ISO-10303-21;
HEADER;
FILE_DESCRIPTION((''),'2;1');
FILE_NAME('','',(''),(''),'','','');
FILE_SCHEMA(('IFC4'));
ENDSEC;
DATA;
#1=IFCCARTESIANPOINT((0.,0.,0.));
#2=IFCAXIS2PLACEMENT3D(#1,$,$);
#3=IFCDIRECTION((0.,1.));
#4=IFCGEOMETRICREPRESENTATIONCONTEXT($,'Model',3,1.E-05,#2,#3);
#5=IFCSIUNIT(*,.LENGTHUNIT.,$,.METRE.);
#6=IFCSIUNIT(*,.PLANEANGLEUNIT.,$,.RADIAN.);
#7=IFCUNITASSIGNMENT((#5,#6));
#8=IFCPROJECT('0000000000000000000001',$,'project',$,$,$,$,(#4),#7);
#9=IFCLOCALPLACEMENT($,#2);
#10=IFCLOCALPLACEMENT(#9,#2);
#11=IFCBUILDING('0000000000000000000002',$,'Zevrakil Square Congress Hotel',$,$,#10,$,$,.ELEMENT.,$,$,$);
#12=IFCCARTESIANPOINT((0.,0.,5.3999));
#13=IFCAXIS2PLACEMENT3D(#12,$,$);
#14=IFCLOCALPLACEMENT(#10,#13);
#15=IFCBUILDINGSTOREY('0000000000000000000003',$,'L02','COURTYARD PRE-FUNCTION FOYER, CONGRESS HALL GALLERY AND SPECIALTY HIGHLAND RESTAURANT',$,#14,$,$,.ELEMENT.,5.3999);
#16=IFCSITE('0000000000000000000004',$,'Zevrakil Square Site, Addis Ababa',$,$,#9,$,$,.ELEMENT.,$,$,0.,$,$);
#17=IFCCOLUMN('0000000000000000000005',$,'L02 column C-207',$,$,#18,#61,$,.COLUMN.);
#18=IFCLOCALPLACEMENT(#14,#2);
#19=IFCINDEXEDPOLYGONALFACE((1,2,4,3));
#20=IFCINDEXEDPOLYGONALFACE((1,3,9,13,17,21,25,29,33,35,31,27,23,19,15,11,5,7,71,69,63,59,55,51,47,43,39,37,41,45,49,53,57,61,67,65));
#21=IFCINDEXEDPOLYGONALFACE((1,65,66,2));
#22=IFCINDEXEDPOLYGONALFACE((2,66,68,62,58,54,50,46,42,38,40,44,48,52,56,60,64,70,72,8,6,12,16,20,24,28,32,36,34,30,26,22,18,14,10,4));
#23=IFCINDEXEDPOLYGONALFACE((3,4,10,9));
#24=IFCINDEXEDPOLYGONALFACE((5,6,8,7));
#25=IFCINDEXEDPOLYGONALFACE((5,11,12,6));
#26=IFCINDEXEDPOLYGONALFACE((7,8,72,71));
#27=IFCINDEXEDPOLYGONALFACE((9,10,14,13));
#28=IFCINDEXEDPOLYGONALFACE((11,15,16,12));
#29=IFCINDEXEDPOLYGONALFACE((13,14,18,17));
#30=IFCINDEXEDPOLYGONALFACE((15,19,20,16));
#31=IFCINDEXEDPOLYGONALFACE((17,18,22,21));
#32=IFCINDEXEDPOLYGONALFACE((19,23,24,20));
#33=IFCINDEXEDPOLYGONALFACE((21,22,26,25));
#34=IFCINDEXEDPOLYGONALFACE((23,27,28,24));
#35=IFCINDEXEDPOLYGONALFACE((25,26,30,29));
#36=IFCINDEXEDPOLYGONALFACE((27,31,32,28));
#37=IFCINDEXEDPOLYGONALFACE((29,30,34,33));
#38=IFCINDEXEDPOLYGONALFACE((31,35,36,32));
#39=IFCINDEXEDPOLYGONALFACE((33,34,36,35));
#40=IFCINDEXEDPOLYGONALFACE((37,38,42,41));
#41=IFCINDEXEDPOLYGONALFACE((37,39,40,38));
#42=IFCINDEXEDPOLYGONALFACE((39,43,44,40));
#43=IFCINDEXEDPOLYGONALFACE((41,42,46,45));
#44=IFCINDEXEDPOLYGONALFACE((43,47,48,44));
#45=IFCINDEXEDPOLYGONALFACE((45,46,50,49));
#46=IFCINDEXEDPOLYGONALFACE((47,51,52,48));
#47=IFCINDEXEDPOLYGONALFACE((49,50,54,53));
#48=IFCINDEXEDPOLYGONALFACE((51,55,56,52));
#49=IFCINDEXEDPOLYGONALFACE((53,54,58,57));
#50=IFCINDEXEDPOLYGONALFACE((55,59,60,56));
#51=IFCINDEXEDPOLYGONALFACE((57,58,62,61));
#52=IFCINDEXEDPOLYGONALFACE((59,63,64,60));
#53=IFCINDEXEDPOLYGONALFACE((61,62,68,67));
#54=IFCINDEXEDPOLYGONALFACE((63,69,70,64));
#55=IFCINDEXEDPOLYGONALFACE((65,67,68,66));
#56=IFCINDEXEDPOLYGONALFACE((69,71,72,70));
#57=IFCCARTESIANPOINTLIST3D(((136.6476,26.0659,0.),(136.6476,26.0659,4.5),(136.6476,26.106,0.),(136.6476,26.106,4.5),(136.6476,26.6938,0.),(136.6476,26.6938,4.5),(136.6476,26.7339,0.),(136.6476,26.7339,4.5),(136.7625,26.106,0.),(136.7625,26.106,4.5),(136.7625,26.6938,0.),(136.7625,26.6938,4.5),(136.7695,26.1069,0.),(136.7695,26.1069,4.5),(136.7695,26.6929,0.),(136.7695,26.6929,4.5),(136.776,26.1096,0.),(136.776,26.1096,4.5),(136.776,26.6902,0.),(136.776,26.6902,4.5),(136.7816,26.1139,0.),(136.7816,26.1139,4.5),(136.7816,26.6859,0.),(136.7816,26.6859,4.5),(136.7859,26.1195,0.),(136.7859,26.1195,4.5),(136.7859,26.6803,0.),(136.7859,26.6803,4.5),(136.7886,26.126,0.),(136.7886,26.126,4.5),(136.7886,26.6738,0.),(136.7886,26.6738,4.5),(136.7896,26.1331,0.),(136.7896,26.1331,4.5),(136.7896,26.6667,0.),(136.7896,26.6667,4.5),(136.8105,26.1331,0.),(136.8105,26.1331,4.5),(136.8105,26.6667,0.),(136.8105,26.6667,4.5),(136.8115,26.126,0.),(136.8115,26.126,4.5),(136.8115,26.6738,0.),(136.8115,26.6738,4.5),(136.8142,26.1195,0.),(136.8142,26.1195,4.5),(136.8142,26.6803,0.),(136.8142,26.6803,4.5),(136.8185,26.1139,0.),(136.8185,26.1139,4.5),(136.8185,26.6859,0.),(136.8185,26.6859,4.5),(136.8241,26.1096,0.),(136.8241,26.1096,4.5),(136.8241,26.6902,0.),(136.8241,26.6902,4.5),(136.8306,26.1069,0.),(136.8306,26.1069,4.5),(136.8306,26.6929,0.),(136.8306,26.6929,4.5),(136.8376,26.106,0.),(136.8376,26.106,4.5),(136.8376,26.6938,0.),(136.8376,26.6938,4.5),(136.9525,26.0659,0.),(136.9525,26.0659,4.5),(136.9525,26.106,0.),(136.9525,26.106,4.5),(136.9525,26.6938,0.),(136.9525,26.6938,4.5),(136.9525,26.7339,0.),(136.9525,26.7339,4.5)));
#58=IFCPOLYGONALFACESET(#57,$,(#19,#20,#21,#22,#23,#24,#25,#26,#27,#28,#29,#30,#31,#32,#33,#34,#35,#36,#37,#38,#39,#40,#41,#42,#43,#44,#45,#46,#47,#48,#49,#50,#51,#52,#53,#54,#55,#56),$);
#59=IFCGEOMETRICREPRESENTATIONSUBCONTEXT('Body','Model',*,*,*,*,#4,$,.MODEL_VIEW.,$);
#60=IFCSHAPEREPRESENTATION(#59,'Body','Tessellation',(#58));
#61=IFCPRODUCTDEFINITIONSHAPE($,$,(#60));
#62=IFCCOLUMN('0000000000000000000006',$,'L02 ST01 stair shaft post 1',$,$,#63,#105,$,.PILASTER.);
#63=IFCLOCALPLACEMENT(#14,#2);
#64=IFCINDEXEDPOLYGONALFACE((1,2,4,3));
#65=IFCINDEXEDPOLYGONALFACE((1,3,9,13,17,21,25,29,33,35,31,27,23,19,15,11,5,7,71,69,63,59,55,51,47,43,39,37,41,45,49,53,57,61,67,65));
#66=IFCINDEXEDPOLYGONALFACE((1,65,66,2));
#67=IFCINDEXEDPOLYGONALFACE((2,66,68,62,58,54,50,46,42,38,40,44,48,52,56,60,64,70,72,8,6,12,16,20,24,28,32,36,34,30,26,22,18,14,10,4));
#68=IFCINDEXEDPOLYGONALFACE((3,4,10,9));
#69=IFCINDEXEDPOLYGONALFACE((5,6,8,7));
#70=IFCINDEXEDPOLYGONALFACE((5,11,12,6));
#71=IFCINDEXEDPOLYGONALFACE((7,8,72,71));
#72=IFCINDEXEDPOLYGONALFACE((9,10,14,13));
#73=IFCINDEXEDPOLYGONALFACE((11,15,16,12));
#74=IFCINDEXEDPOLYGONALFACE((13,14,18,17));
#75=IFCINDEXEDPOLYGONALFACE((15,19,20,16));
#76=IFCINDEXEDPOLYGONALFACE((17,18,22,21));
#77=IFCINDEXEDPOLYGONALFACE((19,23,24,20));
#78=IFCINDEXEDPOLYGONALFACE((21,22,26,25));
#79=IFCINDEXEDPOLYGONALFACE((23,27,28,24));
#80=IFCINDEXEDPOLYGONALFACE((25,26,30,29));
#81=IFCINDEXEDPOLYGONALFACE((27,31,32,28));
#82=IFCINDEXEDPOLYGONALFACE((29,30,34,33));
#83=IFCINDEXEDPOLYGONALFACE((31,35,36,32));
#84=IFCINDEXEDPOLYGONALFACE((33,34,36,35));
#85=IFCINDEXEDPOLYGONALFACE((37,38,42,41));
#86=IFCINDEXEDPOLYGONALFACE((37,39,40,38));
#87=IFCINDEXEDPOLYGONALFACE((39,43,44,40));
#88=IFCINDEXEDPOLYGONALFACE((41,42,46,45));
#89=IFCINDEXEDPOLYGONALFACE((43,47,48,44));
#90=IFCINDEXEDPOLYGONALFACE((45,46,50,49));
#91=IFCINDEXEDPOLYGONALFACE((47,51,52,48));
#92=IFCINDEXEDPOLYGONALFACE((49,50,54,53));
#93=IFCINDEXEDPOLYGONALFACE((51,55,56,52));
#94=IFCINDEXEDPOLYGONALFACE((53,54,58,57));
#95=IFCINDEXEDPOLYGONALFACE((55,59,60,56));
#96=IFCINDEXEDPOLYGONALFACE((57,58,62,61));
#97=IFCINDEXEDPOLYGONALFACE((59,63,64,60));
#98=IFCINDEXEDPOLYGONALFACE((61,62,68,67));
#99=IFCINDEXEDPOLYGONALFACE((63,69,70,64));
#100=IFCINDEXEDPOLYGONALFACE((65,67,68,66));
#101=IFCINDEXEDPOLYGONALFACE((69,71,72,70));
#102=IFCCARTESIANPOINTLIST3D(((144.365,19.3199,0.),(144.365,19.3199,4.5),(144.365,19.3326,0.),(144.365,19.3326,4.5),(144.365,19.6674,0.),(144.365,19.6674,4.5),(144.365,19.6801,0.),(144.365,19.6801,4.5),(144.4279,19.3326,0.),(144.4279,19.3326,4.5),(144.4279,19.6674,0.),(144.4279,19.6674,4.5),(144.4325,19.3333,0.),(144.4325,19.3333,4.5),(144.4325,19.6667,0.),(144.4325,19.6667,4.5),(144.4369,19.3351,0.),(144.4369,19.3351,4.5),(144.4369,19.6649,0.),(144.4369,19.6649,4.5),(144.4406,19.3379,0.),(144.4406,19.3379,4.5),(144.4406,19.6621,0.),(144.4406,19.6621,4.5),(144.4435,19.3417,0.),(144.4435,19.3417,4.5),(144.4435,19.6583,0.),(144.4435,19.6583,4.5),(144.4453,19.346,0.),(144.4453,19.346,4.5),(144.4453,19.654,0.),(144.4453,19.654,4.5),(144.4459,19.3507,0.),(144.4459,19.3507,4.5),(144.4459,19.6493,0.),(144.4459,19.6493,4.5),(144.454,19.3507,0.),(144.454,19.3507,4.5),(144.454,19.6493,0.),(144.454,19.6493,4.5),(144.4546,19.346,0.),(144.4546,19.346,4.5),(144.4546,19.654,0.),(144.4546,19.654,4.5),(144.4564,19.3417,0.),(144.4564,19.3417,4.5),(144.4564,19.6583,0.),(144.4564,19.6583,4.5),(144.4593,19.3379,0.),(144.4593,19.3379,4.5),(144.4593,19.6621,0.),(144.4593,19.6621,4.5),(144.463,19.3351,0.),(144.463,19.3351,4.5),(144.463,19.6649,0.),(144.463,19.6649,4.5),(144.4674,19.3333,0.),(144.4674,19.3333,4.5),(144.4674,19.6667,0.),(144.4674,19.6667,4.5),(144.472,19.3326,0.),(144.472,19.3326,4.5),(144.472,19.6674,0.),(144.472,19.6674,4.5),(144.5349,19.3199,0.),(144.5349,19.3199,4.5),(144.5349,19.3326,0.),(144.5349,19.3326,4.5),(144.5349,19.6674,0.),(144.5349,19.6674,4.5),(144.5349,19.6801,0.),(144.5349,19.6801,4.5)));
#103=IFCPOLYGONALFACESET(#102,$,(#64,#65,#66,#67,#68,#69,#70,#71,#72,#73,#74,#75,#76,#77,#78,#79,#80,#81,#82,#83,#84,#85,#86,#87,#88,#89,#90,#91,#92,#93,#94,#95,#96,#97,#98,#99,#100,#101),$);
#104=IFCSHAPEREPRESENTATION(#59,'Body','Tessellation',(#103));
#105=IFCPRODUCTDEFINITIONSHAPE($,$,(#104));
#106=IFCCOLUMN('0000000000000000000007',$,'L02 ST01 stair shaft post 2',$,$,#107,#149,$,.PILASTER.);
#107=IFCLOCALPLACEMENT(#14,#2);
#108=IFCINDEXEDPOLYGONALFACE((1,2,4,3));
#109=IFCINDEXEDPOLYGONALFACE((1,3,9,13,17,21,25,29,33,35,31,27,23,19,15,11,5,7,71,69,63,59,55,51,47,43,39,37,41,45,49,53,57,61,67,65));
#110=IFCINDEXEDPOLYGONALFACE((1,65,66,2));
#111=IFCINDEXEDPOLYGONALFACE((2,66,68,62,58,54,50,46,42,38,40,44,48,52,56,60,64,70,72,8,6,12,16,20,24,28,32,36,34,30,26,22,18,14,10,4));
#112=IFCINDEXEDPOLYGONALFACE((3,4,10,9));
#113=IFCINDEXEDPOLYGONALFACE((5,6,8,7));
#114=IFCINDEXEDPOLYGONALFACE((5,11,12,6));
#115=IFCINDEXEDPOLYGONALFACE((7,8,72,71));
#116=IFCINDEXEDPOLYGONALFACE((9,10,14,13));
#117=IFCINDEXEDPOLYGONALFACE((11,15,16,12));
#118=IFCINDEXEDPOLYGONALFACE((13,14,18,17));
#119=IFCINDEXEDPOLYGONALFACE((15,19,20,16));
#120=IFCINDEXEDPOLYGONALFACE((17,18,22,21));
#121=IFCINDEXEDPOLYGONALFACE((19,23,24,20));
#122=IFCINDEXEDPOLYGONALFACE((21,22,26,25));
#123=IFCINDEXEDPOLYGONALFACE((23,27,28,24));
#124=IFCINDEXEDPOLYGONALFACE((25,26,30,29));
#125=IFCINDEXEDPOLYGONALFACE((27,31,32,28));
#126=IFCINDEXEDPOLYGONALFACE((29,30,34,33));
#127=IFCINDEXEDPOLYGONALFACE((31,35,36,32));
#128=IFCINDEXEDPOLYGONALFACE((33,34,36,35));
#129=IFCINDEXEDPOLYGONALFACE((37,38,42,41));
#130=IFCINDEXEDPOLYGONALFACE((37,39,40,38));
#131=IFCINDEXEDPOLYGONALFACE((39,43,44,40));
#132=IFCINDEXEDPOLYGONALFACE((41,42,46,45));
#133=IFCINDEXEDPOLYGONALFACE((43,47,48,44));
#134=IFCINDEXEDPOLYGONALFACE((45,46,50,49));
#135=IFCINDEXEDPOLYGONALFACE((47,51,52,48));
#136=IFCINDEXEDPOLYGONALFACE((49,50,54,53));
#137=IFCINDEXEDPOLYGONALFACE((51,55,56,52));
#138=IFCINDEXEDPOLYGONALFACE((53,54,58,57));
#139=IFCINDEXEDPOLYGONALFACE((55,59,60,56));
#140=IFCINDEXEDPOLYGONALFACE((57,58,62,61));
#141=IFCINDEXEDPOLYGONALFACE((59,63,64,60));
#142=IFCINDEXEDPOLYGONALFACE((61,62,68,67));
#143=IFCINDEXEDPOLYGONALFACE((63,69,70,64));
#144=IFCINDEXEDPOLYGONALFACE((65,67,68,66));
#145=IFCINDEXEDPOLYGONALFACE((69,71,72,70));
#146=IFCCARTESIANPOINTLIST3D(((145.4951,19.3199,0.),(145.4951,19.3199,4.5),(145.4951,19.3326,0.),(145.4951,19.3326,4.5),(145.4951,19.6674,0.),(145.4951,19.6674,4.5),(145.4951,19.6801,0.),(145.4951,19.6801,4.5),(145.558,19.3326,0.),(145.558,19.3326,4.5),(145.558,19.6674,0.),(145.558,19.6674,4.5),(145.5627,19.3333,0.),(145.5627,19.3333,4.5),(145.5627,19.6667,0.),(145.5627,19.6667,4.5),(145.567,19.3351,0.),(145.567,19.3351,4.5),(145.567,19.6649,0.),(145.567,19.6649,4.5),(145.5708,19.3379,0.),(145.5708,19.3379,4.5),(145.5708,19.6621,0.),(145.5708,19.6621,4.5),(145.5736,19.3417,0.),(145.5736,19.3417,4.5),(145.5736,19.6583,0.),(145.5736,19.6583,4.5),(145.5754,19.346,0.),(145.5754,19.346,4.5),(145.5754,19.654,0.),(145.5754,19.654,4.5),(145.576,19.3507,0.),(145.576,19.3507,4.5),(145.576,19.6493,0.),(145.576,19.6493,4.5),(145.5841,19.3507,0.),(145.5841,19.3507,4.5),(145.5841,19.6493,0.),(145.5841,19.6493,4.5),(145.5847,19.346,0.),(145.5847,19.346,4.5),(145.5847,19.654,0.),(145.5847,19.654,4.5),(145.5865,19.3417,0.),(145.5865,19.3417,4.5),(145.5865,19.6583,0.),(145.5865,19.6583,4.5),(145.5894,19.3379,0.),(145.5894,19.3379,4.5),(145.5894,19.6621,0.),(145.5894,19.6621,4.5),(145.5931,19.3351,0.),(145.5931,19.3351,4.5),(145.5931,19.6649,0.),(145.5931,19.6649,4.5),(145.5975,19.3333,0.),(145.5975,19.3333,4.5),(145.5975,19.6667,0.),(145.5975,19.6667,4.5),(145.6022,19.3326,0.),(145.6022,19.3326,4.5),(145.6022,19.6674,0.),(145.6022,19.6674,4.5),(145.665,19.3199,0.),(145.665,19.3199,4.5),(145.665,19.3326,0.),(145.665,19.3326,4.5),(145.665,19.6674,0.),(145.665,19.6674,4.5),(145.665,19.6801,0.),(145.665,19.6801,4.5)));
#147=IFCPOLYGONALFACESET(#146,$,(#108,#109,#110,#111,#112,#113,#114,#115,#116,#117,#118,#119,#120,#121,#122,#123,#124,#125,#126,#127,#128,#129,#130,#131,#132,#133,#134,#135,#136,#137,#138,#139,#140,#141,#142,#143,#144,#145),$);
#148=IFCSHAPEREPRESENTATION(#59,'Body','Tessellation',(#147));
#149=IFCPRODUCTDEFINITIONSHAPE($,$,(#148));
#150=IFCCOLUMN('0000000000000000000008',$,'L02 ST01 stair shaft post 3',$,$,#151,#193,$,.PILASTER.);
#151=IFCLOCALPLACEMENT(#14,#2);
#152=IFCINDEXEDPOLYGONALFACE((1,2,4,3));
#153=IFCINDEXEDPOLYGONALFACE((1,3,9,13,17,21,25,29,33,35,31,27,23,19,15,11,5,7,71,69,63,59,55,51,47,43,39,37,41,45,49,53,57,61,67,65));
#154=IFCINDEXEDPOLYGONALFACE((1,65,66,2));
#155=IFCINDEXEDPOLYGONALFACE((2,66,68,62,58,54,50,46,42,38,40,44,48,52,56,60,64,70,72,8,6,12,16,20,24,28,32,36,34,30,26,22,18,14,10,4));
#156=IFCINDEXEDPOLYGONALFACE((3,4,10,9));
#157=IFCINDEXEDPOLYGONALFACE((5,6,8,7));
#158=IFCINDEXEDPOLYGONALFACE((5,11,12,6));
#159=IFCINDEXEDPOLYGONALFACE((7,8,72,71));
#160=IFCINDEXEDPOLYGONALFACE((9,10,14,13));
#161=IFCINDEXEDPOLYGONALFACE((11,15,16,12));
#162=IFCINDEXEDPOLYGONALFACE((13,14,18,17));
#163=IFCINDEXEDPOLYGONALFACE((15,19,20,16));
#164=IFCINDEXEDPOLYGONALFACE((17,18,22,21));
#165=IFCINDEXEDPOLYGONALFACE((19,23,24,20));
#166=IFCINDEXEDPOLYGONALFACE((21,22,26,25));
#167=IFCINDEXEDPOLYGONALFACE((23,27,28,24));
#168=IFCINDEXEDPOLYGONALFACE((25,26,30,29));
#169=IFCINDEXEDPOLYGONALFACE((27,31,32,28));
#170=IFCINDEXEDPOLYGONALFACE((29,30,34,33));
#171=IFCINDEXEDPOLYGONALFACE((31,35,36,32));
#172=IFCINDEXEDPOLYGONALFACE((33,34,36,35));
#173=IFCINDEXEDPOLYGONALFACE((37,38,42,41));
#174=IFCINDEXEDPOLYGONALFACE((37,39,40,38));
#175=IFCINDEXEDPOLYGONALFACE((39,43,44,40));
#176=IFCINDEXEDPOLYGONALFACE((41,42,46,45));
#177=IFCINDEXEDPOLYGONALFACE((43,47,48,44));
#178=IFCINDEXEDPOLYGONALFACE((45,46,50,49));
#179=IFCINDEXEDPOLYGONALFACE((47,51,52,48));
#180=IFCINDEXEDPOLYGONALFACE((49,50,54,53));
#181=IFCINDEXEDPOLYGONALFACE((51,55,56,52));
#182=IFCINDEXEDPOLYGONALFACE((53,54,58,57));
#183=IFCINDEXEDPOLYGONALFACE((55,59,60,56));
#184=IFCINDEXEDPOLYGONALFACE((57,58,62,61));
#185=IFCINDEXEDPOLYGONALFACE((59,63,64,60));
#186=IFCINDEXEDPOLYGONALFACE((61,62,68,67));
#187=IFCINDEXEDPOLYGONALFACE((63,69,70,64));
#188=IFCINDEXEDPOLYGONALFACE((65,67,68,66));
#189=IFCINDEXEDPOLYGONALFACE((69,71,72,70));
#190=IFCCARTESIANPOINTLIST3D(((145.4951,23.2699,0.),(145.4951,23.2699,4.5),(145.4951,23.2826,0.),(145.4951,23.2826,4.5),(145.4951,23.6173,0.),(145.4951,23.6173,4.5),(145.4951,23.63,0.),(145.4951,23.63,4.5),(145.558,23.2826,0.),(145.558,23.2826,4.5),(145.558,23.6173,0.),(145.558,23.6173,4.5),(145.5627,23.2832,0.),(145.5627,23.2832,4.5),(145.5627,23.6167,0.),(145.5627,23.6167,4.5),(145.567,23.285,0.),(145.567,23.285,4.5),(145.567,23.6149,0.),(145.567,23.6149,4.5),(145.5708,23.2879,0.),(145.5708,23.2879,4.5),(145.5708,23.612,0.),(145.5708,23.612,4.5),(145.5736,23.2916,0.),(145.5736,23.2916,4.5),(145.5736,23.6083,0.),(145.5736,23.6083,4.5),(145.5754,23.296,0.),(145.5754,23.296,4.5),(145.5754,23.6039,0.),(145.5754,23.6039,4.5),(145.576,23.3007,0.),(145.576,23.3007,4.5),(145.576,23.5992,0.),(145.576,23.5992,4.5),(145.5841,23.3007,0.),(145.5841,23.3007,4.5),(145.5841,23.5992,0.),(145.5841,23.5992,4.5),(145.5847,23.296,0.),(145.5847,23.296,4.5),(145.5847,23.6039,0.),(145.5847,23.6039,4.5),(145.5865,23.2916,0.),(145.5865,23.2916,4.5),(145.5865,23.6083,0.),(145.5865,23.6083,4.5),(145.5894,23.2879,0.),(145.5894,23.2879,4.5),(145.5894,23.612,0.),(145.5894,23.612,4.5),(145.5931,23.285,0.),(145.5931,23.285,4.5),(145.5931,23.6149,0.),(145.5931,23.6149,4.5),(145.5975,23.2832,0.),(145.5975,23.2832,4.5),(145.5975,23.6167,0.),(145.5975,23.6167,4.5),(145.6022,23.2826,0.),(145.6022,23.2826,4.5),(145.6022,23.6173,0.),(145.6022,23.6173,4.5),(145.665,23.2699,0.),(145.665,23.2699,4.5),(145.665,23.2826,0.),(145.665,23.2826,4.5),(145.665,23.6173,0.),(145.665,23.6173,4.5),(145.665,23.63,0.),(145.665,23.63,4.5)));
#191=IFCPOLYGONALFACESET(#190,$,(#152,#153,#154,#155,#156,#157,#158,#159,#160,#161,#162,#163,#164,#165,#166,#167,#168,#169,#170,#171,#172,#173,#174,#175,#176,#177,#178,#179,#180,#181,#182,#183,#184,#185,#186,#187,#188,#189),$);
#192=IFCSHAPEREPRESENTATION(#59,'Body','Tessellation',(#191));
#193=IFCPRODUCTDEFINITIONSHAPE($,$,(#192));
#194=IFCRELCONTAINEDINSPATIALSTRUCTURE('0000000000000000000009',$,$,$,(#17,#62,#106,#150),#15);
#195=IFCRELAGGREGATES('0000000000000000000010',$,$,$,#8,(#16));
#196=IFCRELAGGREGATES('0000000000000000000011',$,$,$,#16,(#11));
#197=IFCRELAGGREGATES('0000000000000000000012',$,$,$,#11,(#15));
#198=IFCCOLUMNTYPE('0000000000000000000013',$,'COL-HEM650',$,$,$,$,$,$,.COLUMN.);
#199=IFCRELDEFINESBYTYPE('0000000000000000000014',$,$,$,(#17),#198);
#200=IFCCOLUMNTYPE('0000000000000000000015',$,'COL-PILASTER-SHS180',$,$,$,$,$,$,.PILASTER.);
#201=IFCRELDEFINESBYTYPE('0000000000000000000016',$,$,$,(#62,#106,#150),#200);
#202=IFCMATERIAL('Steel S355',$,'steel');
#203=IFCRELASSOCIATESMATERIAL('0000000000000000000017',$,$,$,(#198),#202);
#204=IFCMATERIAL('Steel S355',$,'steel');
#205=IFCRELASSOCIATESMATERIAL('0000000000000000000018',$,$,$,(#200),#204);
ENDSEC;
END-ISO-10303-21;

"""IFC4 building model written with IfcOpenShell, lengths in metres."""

from ifc_helpers import new_model, si_unit, direction, frame, origin, origin_2d, place, context, subcontext, project, spatial, i_section, extrude, material, material_profile, profile_set, type_object, element, save


model = new_model("IFC4")

# Units and contexts
model_context = context("Model", 3, precision=1e-05, world=origin(), true_north=direction((0.0, 1.0)))
body_context = subcontext(model_context, "Body", "Model", "MODEL_VIEW")
ifc_project = project(units=[si_unit("LENGTHUNIT", "METRE"), si_unit("PLANEANGLEUNIT", "RADIAN")], contexts=[model_context])

# Site, building, storey
site_placement = place(None, origin())
site = spatial("IfcSite", under=ifc_project, at=site_placement, Name="Zevrakil Square Site, Addis Ababa", CompositionType="ELEMENT", RefElevation=0.0)
building_placement = place(site_placement, origin())
building = spatial("IfcBuilding", under=site, at=building_placement, Name="Zevrakil Square Congress Hotel", CompositionType="ELEMENT")
storey_placement = place(building_placement, frame((0.0, 0.0, 5.3999)))
storey = spatial("IfcBuildingStorey", under=building, at=storey_placement, Name="L02", Description="COURTYARD PRE-FUNCTION FOYER, CONGRESS HALL GALLERY AND SPECIALTY HIGHLAND RESTAURANT", CompositionType="ELEMENT", Elevation=5.3999)

# Columns
ifc_material_1 = material(Name="Steel S355", Category="steel")
ifc_material_profile_1 = material_profile(ifc_material_1, i_section(OverallWidth=0.3049, OverallDepth=0.668, WebThickness=0.021, FlangeThickness=0.04, FilletRadius=0.0271, at=origin_2d()), Name="HEM 650")
ifc_profile_set_1 = profile_set([ifc_material_profile_1], Name="Steel S355")
column_type_1 = type_object("IfcColumnType", Name="COL-HEM650", PredefinedType="COLUMN", material=ifc_profile_set_1)
column_placement = place(storey_placement, frame((136.8, 26.3999, 0.0), z_axis=(0.0, 0.0, 1.0), x_axis=(1.0, 0.0, 0.0)))
element("IfcColumn", 1, at=column_placement, inside=storey, type_object=column_type_1, Name="L02 column C-207", PredefinedType="COLUMN", context=body_context, shape_type="SweptSolid", body=[
    extrude(i_section(OverallWidth=0.3049, OverallDepth=0.668, WebThickness=0.021, FlangeThickness=0.04, FilletRadius=0.0271, at=origin_2d()), origin(), (0.0, 0.0, 1.0), 4.5),
])
ifc_material_2 = material(Name="Steel S355", Category="steel")
ifc_material_profile_2 = material_profile(ifc_material_2, i_section(OverallWidth=0.1699, OverallDepth=0.3601, WebThickness=0.0081, FlangeThickness=0.0127, FilletRadius=0.0181, at=origin_2d()), Name="IPE 360")
ifc_profile_set_2 = profile_set([ifc_material_profile_2], Name="Steel S355")
column_type_2 = type_object("IfcColumnType", Name="COL-PILASTER-SHS180", PredefinedType="PILASTER", material=ifc_profile_set_2)
for number, where, z_axis, x_axis, name in (
    (2, (144.45, 19.5, 0.0), (0.0, 0.0, 1.0), (1.0, 0.0, 0.0), "L02 ST01 stair shaft post 1"),
    (3, (145.5801, 19.5, 0.0), (0.0, 0.0, 1.0), (1.0, 0.0, 0.0), "L02 ST01 stair shaft post 2"),
    (4, (145.5801, 23.45, 0.0), (0.0, 0.0, 1.0), (1.0, 0.0, 0.0), "L02 ST01 stair shaft post 3"),
):
    element("IfcColumn", number, at=place(storey_placement, frame(where, z_axis=z_axis, x_axis=x_axis)), inside=storey, type_object=column_type_2, Name=name, PredefinedType="PILASTER", context=body_context, shape_type="SweptSolid", body=[
        extrude(i_section(OverallWidth=0.1699, OverallDepth=0.3601, WebThickness=0.0081, FlangeThickness=0.0127, FilletRadius=0.0181, at=origin_2d()), origin(), (0.0, 0.0, 1.0), 4.5),
    ])

save(model, "model.ifc")
